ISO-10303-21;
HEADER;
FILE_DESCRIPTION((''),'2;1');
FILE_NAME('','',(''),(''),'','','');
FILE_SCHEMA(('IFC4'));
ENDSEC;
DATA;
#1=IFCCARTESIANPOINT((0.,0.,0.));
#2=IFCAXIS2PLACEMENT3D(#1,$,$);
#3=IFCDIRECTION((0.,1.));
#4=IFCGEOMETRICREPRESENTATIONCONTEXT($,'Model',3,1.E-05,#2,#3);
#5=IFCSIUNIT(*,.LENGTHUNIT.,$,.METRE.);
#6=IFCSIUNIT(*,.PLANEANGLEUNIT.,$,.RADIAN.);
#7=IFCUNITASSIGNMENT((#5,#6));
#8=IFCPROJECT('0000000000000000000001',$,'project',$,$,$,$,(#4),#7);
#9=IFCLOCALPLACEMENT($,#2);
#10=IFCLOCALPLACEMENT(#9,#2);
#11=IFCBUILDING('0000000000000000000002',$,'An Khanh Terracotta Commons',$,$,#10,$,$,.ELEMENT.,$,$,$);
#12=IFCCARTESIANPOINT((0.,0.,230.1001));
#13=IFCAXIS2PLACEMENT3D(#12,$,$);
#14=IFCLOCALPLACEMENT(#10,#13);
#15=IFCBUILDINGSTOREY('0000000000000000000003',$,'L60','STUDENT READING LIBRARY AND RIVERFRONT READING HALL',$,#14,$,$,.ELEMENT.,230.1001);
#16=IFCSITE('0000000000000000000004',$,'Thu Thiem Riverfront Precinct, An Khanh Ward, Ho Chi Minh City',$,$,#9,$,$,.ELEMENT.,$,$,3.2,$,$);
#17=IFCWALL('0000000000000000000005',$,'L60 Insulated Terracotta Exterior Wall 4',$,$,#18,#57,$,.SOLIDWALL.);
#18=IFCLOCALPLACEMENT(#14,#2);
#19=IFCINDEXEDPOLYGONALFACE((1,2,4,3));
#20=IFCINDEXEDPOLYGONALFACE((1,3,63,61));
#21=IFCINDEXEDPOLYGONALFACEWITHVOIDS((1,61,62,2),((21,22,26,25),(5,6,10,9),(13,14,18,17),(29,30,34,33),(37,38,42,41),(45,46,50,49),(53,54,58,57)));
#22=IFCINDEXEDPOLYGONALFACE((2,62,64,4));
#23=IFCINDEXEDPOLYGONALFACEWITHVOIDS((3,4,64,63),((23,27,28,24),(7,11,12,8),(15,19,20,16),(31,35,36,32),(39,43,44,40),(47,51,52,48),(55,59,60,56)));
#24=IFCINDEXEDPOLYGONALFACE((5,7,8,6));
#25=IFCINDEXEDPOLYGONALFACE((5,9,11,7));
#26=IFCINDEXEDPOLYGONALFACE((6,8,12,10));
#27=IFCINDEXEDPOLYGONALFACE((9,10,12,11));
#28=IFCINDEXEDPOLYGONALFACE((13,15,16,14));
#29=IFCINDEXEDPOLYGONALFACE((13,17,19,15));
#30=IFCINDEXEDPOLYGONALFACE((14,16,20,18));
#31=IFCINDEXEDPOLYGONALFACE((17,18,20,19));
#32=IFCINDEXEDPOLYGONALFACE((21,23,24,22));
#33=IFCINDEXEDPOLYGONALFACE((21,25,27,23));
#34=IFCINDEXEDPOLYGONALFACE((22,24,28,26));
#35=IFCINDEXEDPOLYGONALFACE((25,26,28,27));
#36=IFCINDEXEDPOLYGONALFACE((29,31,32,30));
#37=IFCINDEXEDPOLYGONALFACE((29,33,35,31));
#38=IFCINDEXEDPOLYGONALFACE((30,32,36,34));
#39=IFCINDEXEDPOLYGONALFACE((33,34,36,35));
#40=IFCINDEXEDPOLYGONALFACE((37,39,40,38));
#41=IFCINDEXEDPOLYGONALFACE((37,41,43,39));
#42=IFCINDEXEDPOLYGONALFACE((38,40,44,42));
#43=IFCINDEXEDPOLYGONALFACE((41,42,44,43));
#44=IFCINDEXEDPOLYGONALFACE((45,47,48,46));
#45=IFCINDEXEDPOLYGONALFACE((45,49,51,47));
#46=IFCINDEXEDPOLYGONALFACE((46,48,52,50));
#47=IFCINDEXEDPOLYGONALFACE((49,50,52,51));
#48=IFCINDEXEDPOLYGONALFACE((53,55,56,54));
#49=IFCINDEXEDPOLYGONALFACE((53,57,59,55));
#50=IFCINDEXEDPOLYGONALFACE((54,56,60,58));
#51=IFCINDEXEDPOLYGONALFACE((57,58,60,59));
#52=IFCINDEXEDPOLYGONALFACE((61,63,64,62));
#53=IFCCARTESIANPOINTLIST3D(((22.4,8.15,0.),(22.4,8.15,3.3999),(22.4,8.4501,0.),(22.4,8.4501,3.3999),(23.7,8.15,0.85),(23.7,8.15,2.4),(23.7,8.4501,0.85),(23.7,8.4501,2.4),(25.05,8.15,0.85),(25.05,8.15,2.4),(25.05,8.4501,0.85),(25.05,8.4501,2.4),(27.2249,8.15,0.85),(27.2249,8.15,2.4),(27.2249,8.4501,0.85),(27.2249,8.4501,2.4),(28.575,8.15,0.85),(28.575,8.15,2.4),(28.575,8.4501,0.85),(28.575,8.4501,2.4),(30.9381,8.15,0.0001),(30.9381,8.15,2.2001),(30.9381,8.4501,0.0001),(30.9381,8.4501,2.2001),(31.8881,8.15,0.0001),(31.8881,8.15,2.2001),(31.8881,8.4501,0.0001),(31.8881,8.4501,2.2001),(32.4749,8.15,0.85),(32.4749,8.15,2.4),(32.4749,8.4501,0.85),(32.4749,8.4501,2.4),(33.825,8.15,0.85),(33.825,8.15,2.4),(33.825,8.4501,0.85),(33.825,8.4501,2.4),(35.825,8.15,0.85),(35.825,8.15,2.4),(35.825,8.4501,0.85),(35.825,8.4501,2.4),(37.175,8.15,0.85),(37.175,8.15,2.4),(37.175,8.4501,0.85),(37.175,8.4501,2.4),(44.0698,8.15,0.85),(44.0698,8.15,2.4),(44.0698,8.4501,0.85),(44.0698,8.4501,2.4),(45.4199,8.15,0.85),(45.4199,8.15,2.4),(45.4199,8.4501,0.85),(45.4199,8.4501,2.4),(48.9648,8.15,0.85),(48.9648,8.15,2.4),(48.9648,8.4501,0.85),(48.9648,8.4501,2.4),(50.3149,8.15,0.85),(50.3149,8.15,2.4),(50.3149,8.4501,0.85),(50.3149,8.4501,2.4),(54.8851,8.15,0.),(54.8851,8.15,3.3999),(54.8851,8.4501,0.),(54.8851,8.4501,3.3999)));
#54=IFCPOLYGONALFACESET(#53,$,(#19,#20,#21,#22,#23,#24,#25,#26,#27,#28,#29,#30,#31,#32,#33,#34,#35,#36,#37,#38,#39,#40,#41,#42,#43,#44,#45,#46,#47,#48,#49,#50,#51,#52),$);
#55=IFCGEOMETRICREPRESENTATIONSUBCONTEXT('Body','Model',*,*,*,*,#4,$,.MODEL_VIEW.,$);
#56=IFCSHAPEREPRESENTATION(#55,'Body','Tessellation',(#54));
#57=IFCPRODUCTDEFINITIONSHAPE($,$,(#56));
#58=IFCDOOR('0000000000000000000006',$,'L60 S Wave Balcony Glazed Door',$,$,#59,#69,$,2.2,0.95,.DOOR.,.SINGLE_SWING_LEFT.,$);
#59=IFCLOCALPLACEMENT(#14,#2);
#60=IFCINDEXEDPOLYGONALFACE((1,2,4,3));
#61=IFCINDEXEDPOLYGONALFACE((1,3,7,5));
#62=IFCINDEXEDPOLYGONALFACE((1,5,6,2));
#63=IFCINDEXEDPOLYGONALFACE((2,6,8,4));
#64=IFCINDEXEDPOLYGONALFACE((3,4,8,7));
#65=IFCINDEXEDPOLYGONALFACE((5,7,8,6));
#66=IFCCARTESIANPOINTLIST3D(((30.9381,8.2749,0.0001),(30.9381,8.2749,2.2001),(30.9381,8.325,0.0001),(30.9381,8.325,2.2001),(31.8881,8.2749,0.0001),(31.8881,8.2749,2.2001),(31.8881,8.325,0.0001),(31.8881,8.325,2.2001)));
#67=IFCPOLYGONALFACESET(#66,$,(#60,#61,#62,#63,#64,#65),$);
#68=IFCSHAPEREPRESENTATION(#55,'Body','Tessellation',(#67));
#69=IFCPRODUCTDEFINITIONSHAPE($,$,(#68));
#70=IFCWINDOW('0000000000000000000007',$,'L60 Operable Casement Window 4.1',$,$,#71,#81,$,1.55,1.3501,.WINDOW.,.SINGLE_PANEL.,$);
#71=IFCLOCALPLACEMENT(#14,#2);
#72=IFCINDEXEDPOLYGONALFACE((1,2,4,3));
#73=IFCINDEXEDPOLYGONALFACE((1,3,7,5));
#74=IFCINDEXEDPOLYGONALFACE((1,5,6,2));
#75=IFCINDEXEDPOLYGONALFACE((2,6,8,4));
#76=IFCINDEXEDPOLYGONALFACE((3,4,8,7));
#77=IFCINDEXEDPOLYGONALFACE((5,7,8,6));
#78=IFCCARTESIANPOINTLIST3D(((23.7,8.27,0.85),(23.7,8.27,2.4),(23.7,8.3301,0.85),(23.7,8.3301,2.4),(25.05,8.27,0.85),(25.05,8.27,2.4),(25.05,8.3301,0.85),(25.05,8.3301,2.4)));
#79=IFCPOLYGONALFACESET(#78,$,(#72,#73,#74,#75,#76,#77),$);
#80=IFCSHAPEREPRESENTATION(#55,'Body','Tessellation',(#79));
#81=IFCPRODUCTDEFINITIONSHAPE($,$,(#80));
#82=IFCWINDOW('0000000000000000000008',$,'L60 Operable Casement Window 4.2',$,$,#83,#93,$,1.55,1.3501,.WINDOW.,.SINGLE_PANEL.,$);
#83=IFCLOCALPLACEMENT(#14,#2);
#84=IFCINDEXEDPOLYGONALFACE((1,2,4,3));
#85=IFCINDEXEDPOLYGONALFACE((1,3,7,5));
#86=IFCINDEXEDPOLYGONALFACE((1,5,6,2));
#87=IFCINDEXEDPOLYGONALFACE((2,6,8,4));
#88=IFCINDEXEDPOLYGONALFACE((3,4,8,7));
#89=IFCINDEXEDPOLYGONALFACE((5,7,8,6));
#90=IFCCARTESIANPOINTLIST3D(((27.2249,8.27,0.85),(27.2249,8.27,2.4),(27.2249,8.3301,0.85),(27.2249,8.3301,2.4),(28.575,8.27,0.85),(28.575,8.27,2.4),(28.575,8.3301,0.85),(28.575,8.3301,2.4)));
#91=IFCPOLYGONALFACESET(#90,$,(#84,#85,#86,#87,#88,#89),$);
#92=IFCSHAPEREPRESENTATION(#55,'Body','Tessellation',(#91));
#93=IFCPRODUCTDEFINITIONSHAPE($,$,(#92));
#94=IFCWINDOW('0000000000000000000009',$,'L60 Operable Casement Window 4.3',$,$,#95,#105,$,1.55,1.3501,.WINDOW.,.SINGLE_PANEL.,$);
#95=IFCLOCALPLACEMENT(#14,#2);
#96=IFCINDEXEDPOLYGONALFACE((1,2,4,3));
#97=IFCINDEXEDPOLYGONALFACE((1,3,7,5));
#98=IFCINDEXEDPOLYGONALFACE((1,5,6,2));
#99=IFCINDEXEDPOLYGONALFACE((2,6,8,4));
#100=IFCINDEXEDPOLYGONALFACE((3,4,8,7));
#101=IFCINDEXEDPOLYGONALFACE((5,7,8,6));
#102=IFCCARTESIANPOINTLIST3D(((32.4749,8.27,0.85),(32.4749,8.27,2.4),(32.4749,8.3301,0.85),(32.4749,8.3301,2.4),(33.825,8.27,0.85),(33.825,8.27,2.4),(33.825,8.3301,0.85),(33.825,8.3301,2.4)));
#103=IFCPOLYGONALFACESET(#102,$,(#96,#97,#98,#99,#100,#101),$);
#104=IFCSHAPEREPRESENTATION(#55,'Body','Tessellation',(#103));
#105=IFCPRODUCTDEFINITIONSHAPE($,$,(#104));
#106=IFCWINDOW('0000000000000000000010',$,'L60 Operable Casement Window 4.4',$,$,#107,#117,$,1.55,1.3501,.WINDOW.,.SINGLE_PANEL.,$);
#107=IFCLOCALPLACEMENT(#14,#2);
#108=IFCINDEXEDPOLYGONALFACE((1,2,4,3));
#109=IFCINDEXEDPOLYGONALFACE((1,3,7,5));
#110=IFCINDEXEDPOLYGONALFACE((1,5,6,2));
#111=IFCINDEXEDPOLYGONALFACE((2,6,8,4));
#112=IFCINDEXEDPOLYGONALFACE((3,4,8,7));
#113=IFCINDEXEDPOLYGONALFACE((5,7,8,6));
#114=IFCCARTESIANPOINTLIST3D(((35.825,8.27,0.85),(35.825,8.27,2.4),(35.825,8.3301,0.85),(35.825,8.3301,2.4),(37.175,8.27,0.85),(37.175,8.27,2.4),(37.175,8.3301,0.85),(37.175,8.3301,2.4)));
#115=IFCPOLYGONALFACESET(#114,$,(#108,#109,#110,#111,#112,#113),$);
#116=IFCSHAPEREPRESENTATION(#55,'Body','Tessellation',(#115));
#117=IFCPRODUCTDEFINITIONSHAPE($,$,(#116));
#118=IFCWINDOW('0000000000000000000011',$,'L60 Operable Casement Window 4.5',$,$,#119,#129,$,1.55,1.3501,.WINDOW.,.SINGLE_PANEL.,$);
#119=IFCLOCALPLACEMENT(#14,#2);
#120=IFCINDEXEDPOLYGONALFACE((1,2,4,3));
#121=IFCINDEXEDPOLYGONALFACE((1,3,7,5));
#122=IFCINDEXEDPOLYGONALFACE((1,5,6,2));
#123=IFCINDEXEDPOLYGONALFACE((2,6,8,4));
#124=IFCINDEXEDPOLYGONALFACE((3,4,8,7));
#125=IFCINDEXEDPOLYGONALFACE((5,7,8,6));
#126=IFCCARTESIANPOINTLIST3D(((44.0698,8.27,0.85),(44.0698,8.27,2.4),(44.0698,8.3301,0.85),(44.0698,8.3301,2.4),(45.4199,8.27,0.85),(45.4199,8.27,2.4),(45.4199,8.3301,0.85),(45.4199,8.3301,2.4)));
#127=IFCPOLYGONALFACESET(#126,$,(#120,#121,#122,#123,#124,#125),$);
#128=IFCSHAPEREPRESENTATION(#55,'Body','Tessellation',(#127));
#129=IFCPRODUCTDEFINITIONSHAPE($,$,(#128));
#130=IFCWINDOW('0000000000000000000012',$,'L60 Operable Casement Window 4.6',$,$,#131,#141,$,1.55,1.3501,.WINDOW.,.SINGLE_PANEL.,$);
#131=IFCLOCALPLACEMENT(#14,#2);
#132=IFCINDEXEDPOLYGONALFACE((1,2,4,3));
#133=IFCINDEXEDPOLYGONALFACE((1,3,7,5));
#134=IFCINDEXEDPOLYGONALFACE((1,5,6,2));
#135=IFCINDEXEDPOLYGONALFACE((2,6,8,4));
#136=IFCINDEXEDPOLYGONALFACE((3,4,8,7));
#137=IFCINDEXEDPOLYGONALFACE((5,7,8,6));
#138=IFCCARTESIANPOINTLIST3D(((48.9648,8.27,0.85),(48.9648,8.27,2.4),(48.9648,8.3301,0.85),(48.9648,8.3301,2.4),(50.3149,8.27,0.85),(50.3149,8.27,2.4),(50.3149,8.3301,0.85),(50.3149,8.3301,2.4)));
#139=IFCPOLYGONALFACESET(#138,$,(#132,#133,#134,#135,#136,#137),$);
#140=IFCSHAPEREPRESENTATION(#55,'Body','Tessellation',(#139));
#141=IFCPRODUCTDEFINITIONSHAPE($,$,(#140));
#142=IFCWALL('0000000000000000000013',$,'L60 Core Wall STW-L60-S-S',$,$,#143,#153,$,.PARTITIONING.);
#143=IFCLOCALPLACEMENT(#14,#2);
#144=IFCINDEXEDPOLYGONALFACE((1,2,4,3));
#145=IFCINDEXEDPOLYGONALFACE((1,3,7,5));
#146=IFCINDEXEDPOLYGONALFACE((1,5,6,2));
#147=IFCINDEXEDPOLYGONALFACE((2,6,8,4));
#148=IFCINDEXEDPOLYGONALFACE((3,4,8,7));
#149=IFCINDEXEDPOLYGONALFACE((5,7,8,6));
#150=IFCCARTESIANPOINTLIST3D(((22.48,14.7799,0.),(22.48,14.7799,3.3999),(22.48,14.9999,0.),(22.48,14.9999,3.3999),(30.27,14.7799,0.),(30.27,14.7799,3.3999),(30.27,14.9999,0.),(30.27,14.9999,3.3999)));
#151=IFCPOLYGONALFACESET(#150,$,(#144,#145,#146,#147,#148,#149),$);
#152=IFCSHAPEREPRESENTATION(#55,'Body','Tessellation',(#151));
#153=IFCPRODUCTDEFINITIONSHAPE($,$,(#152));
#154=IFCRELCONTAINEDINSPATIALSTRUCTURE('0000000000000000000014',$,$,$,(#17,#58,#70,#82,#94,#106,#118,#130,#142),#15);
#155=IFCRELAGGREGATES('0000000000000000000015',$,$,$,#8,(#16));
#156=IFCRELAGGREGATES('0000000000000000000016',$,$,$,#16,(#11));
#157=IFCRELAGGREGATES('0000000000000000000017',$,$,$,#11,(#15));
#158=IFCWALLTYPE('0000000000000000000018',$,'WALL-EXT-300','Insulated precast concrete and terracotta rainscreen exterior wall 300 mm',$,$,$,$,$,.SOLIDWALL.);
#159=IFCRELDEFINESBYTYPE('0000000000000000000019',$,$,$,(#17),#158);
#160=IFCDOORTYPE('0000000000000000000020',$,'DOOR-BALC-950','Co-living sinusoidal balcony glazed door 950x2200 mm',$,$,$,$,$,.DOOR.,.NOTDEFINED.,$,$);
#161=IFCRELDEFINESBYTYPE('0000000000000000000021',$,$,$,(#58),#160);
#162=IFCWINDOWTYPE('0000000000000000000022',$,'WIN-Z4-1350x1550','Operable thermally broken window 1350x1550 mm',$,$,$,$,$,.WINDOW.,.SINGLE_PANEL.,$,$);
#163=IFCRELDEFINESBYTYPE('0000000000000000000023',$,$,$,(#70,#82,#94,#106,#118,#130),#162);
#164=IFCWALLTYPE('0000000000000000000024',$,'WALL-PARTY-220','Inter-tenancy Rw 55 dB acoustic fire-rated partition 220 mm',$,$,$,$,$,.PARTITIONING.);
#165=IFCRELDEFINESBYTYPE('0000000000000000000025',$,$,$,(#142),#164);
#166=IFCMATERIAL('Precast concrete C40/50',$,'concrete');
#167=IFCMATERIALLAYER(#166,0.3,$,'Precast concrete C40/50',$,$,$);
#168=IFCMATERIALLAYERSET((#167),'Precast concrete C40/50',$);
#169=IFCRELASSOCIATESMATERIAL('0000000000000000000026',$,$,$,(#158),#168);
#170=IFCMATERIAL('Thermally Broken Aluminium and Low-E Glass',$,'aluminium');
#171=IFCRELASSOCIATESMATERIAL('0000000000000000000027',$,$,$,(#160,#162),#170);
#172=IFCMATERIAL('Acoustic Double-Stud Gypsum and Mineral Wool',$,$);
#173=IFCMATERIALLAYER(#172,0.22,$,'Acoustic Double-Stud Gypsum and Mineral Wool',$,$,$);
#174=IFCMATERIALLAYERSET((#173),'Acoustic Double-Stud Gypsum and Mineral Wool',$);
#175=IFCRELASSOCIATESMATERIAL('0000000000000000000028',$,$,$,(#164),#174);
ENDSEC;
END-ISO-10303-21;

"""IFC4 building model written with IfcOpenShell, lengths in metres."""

from ifc_helpers import new_model, si_unit, direction, frame, frame_2d, origin, place, context, subcontext, project, spatial, rectangle, extrude, material, layer, layer_set, type_object, element, fill, save


model = new_model("IFC4")

# Units and contexts
model_context = context("Model", 3, precision=1e-05, world=origin(), true_north=direction((0.0, 1.0)))
body_context = subcontext(model_context, "Body", "Model", "MODEL_VIEW")
ifc_project = project(units=[si_unit("LENGTHUNIT", "METRE"), si_unit("PLANEANGLEUNIT", "RADIAN")], contexts=[model_context])

# Site, building, storey
site_placement = place(None, origin())
site = spatial("IfcSite", under=ifc_project, at=site_placement, Name="Thu Thiem Riverfront Precinct, An Khanh Ward, Ho Chi Minh City", CompositionType="ELEMENT", RefElevation=3.2)
building_placement = place(site_placement, origin())
building = spatial("IfcBuilding", under=site, at=building_placement, Name="An Khanh Terracotta Commons", CompositionType="ELEMENT")
storey_placement = place(building_placement, frame((0.0, 0.0, 230.1001)))
storey = spatial("IfcBuildingStorey", under=building, at=storey_placement, Name="L60", Description="STUDENT READING LIBRARY AND RIVERFRONT READING HALL", CompositionType="ELEMENT", Elevation=230.1001)

# Shared definitions
ifc_material_1 = material(Name="Precast concrete C40/50", Category="concrete")
ifc_layer_1 = layer(ifc_material_1, 0.3, Name="Precast concrete C40/50")
ifc_layer_set_1 = layer_set([ifc_layer_1], Name="Precast concrete C40/50")
wall_type_1 = type_object("IfcWallType", Name="WALL-EXT-300", Description="Insulated precast concrete and terracotta rainscreen exterior wall 300 mm", PredefinedType="SOLIDWALL", material=ifc_layer_set_1)

# Wall, openings, door, windows
wall_1_placement = place(storey_placement, frame((22.3999, 8.3, 0.0), z_axis=(0.0, 0.0, 1.0), x_axis=(1.0, 0.0, 0.0)))
wall_1 = element("IfcWall", 1, at=wall_1_placement, inside=storey, type_object=wall_type_1, Name="L60 Insulated Terracotta Exterior Wall 4", PredefinedType="SOLIDWALL", context=body_context, shape_type="SweptSolid", body=[
    extrude(rectangle(XDim=32.4851, YDim=0.3, at=frame_2d((16.2427, 0.0))), origin(), (0.0, 0.0, 1.0), 3.3999),
])
opening_1_placement = place(wall_1_placement, frame((8.5381, 0.0, 0.0)))
opening_1 = element("IfcOpeningElement", 2, at=opening_1_placement, cuts=wall_1, PredefinedType="OPENING", context=body_context, shape_type="SweptSolid", body=[
    extrude(rectangle(XDim=0.95, YDim=2.2, at=frame_2d((0.4751, 1.1001))), frame((0.0, 0.1599, 0.0), z_axis=(0.0, -1.0, 0.0), x_axis=(1.0, 0.0, 0.0)), (0.0, 0.0, 1.0), 0.3201),
])
opening_2_placement = place(wall_1_placement, frame((1.3, 0.0, 0.8501)))
opening_2 = element("IfcOpeningElement", 3, at=opening_2_placement, cuts=wall_1, PredefinedType="OPENING", context=body_context, shape_type="SweptSolid", body=[
    extrude(rectangle(XDim=1.3501, YDim=1.55, at=frame_2d((0.675, 0.7749))), frame((0.0, 0.1599, 0.0), z_axis=(0.0, -1.0, 0.0), x_axis=(1.0, 0.0, 0.0)), (0.0, 0.0, 1.0), 0.3201),
])
opening_3_placement = place(wall_1_placement, frame((4.825, 0.0, 0.8501)))
opening_3 = element("IfcOpeningElement", 4, at=opening_3_placement, cuts=wall_1, PredefinedType="OPENING", context=body_context, shape_type="SweptSolid", body=[
    extrude(rectangle(XDim=1.3501, YDim=1.55, at=frame_2d((0.675, 0.7749))), frame((0.0, 0.1599, 0.0), z_axis=(0.0, -1.0, 0.0), x_axis=(1.0, 0.0, 0.0)), (0.0, 0.0, 1.0), 0.3201),
])
opening_4_placement = place(wall_1_placement, frame((10.075, 0.0, 0.8501)))
opening_4 = element("IfcOpeningElement", 5, at=opening_4_placement, cuts=wall_1, PredefinedType="OPENING", context=body_context, shape_type="SweptSolid", body=[
    extrude(rectangle(XDim=1.3501, YDim=1.55, at=frame_2d((0.675, 0.7749))), frame((0.0, 0.1599, 0.0), z_axis=(0.0, -1.0, 0.0), x_axis=(1.0, 0.0, 0.0)), (0.0, 0.0, 1.0), 0.3201),
])
opening_5_placement = place(wall_1_placement, frame((13.425, 0.0, 0.8501)))
opening_5 = element("IfcOpeningElement", 6, at=opening_5_placement, cuts=wall_1, PredefinedType="OPENING", context=body_context, shape_type="SweptSolid", body=[
    extrude(rectangle(XDim=1.3501, YDim=1.55, at=frame_2d((0.675, 0.7749))), frame((0.0, 0.1599, 0.0), z_axis=(0.0, -1.0, 0.0), x_axis=(1.0, 0.0, 0.0)), (0.0, 0.0, 1.0), 0.3201),
])
opening_6_placement = place(wall_1_placement, frame((21.6699, 0.0, 0.8501)))
opening_6 = element("IfcOpeningElement", 7, at=opening_6_placement, cuts=wall_1, PredefinedType="OPENING", context=body_context, shape_type="SweptSolid", body=[
    extrude(rectangle(XDim=1.3501, YDim=1.55, at=frame_2d((0.675, 0.7749))), frame((0.0, 0.1599, 0.0), z_axis=(0.0, -1.0, 0.0), x_axis=(1.0, 0.0, 0.0)), (0.0, 0.0, 1.0), 0.3201),
])
opening_7_placement = place(wall_1_placement, frame((26.5649, 0.0, 0.8501)))
opening_7 = element("IfcOpeningElement", 8, at=opening_7_placement, cuts=wall_1, PredefinedType="OPENING", context=body_context, shape_type="SweptSolid", body=[
    extrude(rectangle(XDim=1.3501, YDim=1.55, at=frame_2d((0.675, 0.7749))), frame((0.0, 0.1599, 0.0), z_axis=(0.0, -1.0, 0.0), x_axis=(1.0, 0.0, 0.0)), (0.0, 0.0, 1.0), 0.3201),
])
ifc_material_2 = material(Name="Thermally Broken Aluminium and Low-E Glass", Category="aluminium")
door_type = type_object("IfcDoorType", Name="DOOR-BALC-950", Description="Co-living sinusoidal balcony glazed door 950x2200 mm", OperationType="NOTDEFINED", PredefinedType="DOOR", material=ifc_material_2)
door_placement = place(opening_1_placement, origin())
door = element("IfcDoor", 9, at=door_placement, inside=storey, type_object=door_type, Name="L60 S Wave Balcony Glazed Door", OperationType="SINGLE_SWING_LEFT", OverallHeight=2.2, OverallWidth=0.95, PredefinedType="DOOR", context=body_context, shape_type="SweptSolid", body=[
    extrude(rectangle(XDim=0.95, YDim=2.2, at=frame_2d((0.4751, 1.1001))), frame((0.0, 0.0249, 0.0), z_axis=(0.0, -1.0, 0.0), x_axis=(1.0, 0.0, 0.0)), (0.0, 0.0, 1.0), 0.05),
])
fill(opening_1, door)
window_type = type_object("IfcWindowType", Name="WIN-Z4-1350x1550", Description="Operable thermally broken window 1350x1550 mm", PartitioningType="SINGLE_PANEL", PredefinedType="WINDOW", material=ifc_material_2)
window_1_placement = place(opening_2_placement, origin())
window_1 = element("IfcWindow", 10, at=window_1_placement, inside=storey, type_object=window_type, Name="L60 Operable Casement Window 4.1", OverallHeight=1.55, OverallWidth=1.3501, PartitioningType="SINGLE_PANEL", PredefinedType="WINDOW", context=body_context, shape_type="SweptSolid", body=[
    extrude(rectangle(XDim=1.3501, YDim=1.55, at=frame_2d((0.675, 0.7749))), frame((0.0, 0.03, 0.0), z_axis=(0.0, -1.0, 0.0), x_axis=(1.0, 0.0, 0.0)), (0.0, 0.0, 1.0), 0.0601),
])
fill(opening_2, window_1)
window_2_placement = place(opening_3_placement, origin())
window_2 = element("IfcWindow", 11, at=window_2_placement, inside=storey, type_object=window_type, Name="L60 Operable Casement Window 4.2", OverallHeight=1.55, OverallWidth=1.3501, PartitioningType="SINGLE_PANEL", PredefinedType="WINDOW", context=body_context, shape_type="SweptSolid", body=[
    extrude(rectangle(XDim=1.3501, YDim=1.55, at=frame_2d((0.675, 0.7749))), frame((0.0, 0.03, 0.0), z_axis=(0.0, -1.0, 0.0), x_axis=(1.0, 0.0, 0.0)), (0.0, 0.0, 1.0), 0.0601),
])
fill(opening_3, window_2)
window_3_placement = place(opening_4_placement, origin())
window_3 = element("IfcWindow", 12, at=window_3_placement, inside=storey, type_object=window_type, Name="L60 Operable Casement Window 4.3", OverallHeight=1.55, OverallWidth=1.3501, PartitioningType="SINGLE_PANEL", PredefinedType="WINDOW", context=body_context, shape_type="SweptSolid", body=[
    extrude(rectangle(XDim=1.3501, YDim=1.55, at=frame_2d((0.675, 0.7749))), frame((0.0, 0.03, 0.0), z_axis=(0.0, -1.0, 0.0), x_axis=(1.0, 0.0, 0.0)), (0.0, 0.0, 1.0), 0.0601),
])
fill(opening_4, window_3)
window_4_placement = place(opening_5_placement, origin())
window_4 = element("IfcWindow", 13, at=window_4_placement, inside=storey, type_object=window_type, Name="L60 Operable Casement Window 4.4", OverallHeight=1.55, OverallWidth=1.3501, PartitioningType="SINGLE_PANEL", PredefinedType="WINDOW", context=body_context, shape_type="SweptSolid", body=[
    extrude(rectangle(XDim=1.3501, YDim=1.55, at=frame_2d((0.675, 0.7749))), frame((0.0, 0.03, 0.0), z_axis=(0.0, -1.0, 0.0), x_axis=(1.0, 0.0, 0.0)), (0.0, 0.0, 1.0), 0.0601),
])
fill(opening_5, window_4)
window_5_placement = place(opening_6_placement, origin())
window_5 = element("IfcWindow", 14, at=window_5_placement, inside=storey, type_object=window_type, Name="L60 Operable Casement Window 4.5", OverallHeight=1.55, OverallWidth=1.3501, PartitioningType="SINGLE_PANEL", PredefinedType="WINDOW", context=body_context, shape_type="SweptSolid", body=[
    extrude(rectangle(XDim=1.3501, YDim=1.55, at=frame_2d((0.675, 0.7749))), frame((0.0, 0.03, 0.0), z_axis=(0.0, -1.0, 0.0), x_axis=(1.0, 0.0, 0.0)), (0.0, 0.0, 1.0), 0.0601),
])
fill(opening_6, window_5)
window_6_placement = place(opening_7_placement, origin())
window_6 = element("IfcWindow", 15, at=window_6_placement, inside=storey, type_object=window_type, Name="L60 Operable Casement Window 4.6", OverallHeight=1.55, OverallWidth=1.3501, PartitioningType="SINGLE_PANEL", PredefinedType="WINDOW", context=body_context, shape_type="SweptSolid", body=[
    extrude(rectangle(XDim=1.3501, YDim=1.55, at=frame_2d((0.675, 0.7749))), frame((0.0, 0.03, 0.0), z_axis=(0.0, -1.0, 0.0), x_axis=(1.0, 0.0, 0.0)), (0.0, 0.0, 1.0), 0.0601),
])
fill(opening_7, window_6)

# Wall
ifc_material_3 = material(Name="Acoustic Double-Stud Gypsum and Mineral Wool")
ifc_layer_2 = layer(ifc_material_3, 0.22, Name="Acoustic Double-Stud Gypsum and Mineral Wool")
ifc_layer_set_2 = layer_set([ifc_layer_2], Name="Acoustic Double-Stud Gypsum and Mineral Wool")
wall_type_2 = type_object("IfcWallType", Name="WALL-PARTY-220", Description="Inter-tenancy Rw 55 dB acoustic fire-rated partition 220 mm", PredefinedType="PARTITIONING", material=ifc_layer_set_2)
wall_2_placement = place(storey_placement, frame((22.48, 14.8899, 0.0), z_axis=(0.0, 0.0, 1.0), x_axis=(1.0, 0.0, 0.0)))
element("IfcWall", 16, at=wall_2_placement, inside=storey, type_object=wall_type_2, Name="L60 Core Wall STW-L60-S-S", PredefinedType="PARTITIONING", context=body_context, shape_type="SweptSolid", body=[
    extrude(rectangle(XDim=7.79, YDim=0.22, at=frame_2d((3.895, 0.0))), origin(), (0.0, 0.0, 1.0), 3.3999),
])

save(model, "model.ifc")
